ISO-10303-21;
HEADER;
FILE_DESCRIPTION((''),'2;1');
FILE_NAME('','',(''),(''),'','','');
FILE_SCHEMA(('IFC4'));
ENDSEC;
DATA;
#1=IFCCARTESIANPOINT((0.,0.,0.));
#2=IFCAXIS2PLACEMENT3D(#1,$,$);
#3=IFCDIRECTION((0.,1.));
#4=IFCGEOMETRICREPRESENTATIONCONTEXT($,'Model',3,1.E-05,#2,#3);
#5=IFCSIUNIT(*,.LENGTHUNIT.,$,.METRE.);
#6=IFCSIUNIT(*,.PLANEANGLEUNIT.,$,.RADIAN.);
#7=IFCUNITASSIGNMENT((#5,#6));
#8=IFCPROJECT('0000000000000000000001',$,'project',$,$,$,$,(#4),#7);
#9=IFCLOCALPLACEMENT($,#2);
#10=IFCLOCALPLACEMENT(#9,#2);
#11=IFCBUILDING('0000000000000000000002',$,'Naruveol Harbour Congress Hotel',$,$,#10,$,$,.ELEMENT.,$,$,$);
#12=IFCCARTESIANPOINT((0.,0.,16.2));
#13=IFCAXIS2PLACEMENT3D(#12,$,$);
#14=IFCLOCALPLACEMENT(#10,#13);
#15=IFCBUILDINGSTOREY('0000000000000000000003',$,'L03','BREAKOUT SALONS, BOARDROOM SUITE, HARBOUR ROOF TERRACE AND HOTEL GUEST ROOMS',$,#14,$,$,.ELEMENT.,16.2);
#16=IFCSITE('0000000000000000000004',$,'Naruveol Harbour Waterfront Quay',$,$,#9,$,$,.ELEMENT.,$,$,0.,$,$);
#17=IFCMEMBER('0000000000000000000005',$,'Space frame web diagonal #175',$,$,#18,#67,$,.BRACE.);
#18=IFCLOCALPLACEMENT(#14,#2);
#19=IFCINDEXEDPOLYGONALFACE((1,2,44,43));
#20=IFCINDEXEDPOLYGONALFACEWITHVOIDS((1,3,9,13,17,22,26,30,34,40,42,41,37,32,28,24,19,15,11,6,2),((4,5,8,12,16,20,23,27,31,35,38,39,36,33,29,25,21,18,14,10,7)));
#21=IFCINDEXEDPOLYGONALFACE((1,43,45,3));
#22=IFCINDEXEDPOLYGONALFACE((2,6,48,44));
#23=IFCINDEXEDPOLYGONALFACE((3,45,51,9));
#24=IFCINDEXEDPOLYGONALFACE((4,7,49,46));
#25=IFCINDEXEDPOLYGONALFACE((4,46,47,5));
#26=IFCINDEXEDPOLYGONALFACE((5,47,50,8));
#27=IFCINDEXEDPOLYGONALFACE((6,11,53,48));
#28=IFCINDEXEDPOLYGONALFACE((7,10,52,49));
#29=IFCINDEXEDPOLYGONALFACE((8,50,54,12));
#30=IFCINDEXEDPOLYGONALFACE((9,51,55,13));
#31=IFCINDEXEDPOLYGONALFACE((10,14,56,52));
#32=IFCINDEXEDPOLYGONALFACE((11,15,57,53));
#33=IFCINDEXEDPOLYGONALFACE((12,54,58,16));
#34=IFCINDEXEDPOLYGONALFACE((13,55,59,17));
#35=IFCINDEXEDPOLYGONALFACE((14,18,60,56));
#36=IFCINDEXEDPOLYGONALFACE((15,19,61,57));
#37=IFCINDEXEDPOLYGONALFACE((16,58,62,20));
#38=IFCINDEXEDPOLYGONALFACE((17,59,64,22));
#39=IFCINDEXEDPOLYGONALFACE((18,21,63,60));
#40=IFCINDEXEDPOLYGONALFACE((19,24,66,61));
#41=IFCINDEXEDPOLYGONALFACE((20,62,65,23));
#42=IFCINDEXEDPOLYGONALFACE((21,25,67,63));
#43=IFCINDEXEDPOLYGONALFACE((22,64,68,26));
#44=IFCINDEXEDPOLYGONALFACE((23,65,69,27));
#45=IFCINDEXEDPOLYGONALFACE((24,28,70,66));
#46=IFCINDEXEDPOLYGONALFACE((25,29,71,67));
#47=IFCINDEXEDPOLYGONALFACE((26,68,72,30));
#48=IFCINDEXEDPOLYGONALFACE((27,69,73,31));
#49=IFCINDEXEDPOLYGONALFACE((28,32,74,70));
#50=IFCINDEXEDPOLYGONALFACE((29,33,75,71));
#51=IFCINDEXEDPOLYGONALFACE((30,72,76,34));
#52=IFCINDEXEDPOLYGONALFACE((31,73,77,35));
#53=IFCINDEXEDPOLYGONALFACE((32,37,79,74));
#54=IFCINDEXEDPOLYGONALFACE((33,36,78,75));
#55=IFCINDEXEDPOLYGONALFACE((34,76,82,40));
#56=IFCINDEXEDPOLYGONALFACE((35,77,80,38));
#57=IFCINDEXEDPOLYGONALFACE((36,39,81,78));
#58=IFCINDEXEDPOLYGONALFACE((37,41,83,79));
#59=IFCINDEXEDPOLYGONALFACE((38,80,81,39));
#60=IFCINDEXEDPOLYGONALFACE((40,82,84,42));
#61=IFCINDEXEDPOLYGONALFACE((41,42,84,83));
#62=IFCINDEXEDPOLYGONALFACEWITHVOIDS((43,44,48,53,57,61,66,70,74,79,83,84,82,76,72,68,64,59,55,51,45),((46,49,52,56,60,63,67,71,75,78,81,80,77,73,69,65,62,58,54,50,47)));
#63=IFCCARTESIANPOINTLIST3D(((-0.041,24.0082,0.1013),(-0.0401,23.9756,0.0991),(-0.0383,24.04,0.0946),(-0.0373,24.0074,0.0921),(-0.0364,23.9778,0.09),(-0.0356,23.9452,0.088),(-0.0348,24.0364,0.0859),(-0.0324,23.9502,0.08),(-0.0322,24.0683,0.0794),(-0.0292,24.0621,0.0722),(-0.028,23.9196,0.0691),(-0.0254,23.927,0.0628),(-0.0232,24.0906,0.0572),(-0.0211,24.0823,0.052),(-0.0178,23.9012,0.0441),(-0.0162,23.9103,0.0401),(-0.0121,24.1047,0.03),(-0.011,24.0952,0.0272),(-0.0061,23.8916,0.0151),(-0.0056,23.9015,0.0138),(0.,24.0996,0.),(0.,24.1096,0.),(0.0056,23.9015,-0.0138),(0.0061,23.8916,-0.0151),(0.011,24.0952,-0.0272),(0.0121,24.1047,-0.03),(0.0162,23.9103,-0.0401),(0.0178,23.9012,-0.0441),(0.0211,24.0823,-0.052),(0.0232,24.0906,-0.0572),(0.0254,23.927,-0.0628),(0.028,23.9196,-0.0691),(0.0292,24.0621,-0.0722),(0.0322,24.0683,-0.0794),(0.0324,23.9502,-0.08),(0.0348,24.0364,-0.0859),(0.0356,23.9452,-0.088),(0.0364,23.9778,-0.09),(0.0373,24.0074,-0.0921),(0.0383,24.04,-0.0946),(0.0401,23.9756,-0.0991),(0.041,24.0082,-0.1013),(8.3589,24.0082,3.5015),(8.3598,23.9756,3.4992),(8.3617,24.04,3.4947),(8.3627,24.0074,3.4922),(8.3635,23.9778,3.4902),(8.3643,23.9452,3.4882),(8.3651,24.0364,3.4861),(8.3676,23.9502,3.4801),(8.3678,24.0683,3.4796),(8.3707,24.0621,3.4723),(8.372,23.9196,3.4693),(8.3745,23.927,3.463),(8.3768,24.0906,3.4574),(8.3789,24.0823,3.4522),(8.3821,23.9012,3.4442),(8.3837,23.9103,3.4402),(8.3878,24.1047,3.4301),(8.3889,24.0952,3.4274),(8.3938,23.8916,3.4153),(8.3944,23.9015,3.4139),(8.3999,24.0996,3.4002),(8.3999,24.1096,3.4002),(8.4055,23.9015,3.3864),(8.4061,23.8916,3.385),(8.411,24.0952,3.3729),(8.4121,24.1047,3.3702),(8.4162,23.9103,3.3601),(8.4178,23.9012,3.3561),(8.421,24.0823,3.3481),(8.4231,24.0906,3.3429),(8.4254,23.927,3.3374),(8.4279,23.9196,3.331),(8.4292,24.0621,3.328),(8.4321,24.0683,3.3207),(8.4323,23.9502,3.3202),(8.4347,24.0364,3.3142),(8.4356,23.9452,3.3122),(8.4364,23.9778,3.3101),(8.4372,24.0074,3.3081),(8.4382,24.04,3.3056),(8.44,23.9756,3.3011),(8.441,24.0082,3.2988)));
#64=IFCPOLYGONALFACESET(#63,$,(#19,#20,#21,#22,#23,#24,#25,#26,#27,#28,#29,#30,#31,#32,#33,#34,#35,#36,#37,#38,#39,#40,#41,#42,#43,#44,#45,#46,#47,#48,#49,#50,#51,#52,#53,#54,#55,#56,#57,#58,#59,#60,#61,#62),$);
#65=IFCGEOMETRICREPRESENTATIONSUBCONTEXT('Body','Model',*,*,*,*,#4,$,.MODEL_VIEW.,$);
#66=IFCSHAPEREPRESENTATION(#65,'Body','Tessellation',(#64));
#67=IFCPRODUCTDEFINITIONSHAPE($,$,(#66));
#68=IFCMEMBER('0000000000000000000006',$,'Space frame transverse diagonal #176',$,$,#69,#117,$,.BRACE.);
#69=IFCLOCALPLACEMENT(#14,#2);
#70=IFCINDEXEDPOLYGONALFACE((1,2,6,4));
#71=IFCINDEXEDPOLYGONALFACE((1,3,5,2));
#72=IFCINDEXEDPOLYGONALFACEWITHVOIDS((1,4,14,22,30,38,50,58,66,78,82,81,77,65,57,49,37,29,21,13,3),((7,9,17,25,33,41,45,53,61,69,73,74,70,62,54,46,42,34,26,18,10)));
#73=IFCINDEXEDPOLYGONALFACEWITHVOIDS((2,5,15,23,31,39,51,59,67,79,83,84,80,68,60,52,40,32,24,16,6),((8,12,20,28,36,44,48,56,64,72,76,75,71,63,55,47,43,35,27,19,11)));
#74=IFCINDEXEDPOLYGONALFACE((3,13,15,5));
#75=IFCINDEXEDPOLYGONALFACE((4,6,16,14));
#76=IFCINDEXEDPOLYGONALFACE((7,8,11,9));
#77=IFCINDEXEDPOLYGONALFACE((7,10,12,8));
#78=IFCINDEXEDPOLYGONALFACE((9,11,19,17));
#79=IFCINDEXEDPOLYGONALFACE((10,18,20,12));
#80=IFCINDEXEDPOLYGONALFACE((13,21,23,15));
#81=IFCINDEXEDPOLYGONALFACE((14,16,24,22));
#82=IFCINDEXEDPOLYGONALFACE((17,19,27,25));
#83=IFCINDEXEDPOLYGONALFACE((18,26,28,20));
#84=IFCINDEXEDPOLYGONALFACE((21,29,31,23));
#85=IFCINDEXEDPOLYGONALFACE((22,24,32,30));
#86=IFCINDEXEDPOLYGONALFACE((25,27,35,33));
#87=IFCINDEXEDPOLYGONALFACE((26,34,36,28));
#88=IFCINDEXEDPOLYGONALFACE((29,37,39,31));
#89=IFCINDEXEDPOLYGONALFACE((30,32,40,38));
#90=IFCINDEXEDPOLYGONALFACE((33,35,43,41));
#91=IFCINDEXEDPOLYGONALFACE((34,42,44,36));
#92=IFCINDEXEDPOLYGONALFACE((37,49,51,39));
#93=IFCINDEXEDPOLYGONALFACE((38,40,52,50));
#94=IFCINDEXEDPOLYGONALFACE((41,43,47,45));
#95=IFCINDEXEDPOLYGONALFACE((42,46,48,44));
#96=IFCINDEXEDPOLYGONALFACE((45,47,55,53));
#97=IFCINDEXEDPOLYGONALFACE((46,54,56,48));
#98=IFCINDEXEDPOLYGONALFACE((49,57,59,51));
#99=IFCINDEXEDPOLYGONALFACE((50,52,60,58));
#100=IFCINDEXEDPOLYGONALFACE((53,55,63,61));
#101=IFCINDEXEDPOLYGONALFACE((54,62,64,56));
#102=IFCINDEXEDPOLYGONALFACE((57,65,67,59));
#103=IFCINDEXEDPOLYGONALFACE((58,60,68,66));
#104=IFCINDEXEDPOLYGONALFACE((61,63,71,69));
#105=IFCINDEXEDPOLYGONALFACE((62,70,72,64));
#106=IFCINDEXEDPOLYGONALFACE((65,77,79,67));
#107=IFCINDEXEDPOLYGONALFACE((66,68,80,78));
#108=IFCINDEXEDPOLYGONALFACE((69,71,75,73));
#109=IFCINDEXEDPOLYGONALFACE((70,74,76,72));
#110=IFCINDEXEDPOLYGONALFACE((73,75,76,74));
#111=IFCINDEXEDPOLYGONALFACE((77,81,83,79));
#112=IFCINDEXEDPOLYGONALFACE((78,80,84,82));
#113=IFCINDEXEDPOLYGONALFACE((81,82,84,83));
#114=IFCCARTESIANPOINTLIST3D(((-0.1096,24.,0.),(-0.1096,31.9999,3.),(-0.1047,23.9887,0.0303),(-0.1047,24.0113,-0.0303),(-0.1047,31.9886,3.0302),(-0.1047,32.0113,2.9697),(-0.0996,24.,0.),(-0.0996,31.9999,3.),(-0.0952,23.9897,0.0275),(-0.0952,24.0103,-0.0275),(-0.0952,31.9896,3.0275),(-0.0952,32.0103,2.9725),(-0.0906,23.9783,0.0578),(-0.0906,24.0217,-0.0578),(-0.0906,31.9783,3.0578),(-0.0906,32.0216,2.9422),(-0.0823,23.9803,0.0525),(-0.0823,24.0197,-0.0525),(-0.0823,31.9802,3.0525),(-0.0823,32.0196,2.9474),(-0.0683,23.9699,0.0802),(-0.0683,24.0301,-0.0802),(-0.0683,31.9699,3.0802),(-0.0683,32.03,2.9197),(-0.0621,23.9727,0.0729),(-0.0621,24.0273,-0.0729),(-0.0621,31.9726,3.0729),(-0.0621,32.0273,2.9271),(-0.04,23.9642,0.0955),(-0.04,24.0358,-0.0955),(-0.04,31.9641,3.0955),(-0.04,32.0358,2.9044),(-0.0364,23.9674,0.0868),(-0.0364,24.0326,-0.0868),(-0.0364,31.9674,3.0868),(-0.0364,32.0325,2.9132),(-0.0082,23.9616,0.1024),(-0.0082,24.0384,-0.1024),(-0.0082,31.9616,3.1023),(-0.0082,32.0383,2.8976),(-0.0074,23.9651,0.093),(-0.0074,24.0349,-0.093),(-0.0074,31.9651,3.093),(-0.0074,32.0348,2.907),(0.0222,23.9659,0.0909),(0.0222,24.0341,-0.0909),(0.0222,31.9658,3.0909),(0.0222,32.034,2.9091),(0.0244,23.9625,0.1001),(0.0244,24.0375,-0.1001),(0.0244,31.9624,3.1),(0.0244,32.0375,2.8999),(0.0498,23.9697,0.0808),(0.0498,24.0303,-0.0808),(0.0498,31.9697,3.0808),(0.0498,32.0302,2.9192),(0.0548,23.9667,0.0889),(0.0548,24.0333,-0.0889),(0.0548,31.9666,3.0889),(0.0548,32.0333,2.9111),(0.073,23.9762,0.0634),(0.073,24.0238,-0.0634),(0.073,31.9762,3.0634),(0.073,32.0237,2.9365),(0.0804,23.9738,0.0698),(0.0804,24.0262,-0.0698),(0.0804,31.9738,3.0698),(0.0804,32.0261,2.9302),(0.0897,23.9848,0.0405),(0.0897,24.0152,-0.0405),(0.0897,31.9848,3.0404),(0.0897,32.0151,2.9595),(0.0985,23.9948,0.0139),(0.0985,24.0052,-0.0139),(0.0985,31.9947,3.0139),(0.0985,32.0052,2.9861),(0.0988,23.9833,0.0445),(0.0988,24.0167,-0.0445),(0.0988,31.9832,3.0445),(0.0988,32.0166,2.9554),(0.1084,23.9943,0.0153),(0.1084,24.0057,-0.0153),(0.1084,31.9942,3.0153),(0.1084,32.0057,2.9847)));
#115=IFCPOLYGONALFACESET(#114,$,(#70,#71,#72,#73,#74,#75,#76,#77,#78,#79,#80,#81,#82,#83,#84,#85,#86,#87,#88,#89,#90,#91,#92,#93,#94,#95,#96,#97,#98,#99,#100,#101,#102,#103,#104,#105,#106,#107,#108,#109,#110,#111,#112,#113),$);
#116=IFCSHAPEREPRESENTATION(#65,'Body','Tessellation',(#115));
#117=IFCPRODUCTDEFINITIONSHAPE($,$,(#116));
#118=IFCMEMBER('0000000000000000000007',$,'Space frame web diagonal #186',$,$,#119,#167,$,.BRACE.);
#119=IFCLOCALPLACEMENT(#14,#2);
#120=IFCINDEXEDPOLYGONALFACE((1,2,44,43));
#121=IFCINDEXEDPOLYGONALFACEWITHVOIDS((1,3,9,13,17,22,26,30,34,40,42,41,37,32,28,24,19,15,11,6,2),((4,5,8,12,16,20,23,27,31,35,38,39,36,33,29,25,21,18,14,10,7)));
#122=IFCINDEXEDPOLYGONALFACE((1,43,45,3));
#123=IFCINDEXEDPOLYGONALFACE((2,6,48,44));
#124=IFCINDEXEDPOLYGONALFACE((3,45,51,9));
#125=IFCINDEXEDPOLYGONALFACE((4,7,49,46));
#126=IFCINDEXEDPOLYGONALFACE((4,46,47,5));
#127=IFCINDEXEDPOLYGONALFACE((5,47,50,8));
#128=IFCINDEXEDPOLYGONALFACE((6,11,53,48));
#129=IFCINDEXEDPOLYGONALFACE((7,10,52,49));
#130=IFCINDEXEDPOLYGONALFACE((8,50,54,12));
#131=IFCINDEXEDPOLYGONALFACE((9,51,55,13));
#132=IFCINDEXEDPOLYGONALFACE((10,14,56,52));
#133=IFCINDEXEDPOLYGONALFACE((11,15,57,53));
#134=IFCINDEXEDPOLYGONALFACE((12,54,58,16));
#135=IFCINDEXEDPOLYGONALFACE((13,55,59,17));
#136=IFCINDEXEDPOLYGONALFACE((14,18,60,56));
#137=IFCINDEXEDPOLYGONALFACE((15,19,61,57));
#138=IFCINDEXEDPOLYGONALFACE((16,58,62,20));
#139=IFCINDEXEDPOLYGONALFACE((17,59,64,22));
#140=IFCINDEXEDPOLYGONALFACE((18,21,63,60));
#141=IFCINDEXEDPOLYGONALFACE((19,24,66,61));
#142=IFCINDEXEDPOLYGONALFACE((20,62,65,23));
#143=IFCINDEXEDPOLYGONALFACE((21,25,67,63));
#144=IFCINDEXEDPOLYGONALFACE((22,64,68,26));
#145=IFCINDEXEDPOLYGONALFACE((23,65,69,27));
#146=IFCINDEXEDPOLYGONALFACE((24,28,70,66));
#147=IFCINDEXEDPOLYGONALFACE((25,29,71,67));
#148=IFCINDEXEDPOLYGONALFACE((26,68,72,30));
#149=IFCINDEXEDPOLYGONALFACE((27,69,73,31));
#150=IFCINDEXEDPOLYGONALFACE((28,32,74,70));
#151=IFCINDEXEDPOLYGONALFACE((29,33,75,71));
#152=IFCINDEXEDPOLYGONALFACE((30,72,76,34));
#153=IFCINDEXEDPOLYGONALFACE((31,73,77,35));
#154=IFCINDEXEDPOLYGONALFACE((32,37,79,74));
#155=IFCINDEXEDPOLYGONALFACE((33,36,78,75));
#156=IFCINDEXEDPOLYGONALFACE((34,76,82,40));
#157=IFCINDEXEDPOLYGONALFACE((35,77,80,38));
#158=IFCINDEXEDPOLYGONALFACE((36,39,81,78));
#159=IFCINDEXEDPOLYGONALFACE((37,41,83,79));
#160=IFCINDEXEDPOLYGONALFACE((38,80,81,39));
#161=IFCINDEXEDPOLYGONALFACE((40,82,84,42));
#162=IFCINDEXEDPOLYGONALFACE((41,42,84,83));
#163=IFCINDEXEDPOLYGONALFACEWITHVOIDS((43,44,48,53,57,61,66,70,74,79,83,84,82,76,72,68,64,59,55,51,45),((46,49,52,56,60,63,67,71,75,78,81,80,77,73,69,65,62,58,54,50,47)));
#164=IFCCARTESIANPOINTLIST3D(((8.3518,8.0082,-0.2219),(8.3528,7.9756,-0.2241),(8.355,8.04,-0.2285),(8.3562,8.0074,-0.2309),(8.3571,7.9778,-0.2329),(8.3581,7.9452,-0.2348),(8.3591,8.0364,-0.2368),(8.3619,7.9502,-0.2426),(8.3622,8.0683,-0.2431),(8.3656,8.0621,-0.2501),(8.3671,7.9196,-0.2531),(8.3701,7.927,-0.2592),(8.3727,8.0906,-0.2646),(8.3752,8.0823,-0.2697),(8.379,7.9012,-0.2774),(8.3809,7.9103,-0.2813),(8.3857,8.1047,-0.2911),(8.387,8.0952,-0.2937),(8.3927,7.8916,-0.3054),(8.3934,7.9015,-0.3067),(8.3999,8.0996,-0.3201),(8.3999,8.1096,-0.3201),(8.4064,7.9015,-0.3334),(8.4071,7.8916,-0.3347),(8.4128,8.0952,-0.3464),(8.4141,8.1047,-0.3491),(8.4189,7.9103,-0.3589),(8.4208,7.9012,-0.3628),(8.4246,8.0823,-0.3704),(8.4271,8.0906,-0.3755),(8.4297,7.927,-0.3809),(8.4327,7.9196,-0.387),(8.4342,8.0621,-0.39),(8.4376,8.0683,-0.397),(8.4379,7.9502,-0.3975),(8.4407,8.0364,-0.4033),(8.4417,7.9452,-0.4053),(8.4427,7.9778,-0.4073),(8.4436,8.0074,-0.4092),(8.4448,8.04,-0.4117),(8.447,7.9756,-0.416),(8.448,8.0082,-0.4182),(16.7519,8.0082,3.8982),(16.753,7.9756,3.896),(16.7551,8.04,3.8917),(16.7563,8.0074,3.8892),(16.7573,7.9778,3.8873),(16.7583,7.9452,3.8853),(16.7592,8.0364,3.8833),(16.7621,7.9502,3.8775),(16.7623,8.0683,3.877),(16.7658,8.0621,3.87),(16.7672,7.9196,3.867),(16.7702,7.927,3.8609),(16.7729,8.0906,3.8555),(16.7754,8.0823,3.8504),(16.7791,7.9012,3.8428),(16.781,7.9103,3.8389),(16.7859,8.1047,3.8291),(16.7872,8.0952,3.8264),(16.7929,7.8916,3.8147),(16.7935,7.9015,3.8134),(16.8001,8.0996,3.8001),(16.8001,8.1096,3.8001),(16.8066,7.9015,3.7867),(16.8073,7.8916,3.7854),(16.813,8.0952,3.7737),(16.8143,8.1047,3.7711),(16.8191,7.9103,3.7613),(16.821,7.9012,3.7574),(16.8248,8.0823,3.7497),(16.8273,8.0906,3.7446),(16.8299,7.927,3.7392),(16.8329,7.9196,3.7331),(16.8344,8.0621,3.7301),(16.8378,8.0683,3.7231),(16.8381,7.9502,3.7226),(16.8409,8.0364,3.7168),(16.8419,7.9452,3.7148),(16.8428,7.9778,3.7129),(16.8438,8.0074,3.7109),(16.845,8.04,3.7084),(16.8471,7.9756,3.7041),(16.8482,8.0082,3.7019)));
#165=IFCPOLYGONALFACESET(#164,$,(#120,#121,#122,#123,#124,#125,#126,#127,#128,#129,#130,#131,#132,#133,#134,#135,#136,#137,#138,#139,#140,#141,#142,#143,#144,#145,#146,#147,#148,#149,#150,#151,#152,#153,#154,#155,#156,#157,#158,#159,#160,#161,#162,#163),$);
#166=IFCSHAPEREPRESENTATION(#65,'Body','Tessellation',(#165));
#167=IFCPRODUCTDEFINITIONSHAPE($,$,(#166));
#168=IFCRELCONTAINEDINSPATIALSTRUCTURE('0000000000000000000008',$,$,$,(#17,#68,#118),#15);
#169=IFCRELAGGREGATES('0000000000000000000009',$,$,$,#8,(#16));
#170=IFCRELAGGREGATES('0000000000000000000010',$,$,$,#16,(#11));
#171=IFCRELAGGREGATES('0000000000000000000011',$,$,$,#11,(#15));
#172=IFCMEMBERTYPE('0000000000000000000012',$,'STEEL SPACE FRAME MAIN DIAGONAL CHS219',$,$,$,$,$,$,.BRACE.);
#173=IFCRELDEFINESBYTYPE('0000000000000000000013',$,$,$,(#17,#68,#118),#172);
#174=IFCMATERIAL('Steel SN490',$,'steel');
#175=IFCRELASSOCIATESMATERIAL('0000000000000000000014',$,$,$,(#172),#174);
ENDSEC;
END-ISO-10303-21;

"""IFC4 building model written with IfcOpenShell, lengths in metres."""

from ifc_helpers import new_model, si_unit, direction, frame, origin, origin_2d, place, context, subcontext, project, spatial, hollow_circle, extrude, material, material_profile, profile_set, type_object, element, save


model = new_model("IFC4")

# Units and contexts
model_context = context("Model", 3, precision=1e-05, world=origin(), true_north=direction((0.0, 1.0)))
body_context = subcontext(model_context, "Body", "Model", "MODEL_VIEW")
ifc_project = project(units=[si_unit("LENGTHUNIT", "METRE"), si_unit("PLANEANGLEUNIT", "RADIAN")], contexts=[model_context])

# Site, building, storey
site_placement = place(None, origin())
site = spatial("IfcSite", under=ifc_project, at=site_placement, Name="Naruveol Harbour Waterfront Quay", CompositionType="ELEMENT", RefElevation=0.0)
building_placement = place(site_placement, origin())
building = spatial("IfcBuilding", under=site, at=building_placement, Name="Naruveol Harbour Congress Hotel", CompositionType="ELEMENT")
storey_placement = place(building_placement, frame((0.0, 0.0, 16.2)))
storey = spatial("IfcBuildingStorey", under=building, at=storey_placement, Name="L03", Description="BREAKOUT SALONS, BOARDROOM SUITE, HARBOUR ROOF TERRACE AND HOTEL GUEST ROOMS", CompositionType="ELEMENT", Elevation=16.2)

# Members
ifc_material_1 = material(Name="Steel SN490", Category="steel")
ifc_material_profile_1 = material_profile(ifc_material_1, hollow_circle(Radius=0.1096, WallThickness=0.01, at=origin_2d()), Name="CHS-219.1x10")
ifc_profile_set_1 = profile_set([ifc_material_profile_1], Name="Steel SN490")
member_type_1 = type_object("IfcMemberType", Name="STEEL SPACE FRAME MAIN DIAGONAL CHS219", PredefinedType="BRACE", material=ifc_profile_set_1)
member_1_placement = place(storey_placement, frame((0.0, 24.0, 0.0), z_axis=(0.92694, 0.0, 0.37521), x_axis=(0.0, 1.0, 0.0)))
element("IfcMember", 1, at=member_1_placement, inside=storey, type_object=member_type_1, Name="Space frame web diagonal #175", PredefinedType="BRACE", context=body_context, shape_type="SweptSolid", body=[
    extrude(hollow_circle(Radius=0.1096, WallThickness=0.01, at=origin_2d()), origin(), (0.0, 0.0, 1.0), 9.062),
])
member_2_placement = place(storey_placement, frame((0.0, 24.0, 0.0), z_axis=(0.0, 0.936329, 0.351123), x_axis=(-1.0, 0.0, 0.0)))
element("IfcMember", 2, at=member_2_placement, inside=storey, type_object=member_type_1, Name="Space frame transverse diagonal #176", PredefinedType="BRACE", context=body_context, shape_type="SweptSolid", body=[
    extrude(hollow_circle(Radius=0.1096, WallThickness=0.01, at=origin_2d()), origin(), (0.0, 0.0, 1.0), 8.5439),
])
member_3_placement = place(storey_placement, frame((8.3999, 8.0, -0.3201), z_axis=(0.897819, 0.0, 0.440364), x_axis=(0.0, 1.0, 0.0)))
element("IfcMember", 3, at=member_3_placement, inside=storey, type_object=member_type_1, Name="Space frame web diagonal #186", PredefinedType="BRACE", context=body_context, shape_type="SweptSolid", body=[
    extrude(hollow_circle(Radius=0.1096, WallThickness=0.01, at=origin_2d()), origin(), (0.0, 0.0, 1.0), 9.3562),
])

save(model, "model.ifc")
